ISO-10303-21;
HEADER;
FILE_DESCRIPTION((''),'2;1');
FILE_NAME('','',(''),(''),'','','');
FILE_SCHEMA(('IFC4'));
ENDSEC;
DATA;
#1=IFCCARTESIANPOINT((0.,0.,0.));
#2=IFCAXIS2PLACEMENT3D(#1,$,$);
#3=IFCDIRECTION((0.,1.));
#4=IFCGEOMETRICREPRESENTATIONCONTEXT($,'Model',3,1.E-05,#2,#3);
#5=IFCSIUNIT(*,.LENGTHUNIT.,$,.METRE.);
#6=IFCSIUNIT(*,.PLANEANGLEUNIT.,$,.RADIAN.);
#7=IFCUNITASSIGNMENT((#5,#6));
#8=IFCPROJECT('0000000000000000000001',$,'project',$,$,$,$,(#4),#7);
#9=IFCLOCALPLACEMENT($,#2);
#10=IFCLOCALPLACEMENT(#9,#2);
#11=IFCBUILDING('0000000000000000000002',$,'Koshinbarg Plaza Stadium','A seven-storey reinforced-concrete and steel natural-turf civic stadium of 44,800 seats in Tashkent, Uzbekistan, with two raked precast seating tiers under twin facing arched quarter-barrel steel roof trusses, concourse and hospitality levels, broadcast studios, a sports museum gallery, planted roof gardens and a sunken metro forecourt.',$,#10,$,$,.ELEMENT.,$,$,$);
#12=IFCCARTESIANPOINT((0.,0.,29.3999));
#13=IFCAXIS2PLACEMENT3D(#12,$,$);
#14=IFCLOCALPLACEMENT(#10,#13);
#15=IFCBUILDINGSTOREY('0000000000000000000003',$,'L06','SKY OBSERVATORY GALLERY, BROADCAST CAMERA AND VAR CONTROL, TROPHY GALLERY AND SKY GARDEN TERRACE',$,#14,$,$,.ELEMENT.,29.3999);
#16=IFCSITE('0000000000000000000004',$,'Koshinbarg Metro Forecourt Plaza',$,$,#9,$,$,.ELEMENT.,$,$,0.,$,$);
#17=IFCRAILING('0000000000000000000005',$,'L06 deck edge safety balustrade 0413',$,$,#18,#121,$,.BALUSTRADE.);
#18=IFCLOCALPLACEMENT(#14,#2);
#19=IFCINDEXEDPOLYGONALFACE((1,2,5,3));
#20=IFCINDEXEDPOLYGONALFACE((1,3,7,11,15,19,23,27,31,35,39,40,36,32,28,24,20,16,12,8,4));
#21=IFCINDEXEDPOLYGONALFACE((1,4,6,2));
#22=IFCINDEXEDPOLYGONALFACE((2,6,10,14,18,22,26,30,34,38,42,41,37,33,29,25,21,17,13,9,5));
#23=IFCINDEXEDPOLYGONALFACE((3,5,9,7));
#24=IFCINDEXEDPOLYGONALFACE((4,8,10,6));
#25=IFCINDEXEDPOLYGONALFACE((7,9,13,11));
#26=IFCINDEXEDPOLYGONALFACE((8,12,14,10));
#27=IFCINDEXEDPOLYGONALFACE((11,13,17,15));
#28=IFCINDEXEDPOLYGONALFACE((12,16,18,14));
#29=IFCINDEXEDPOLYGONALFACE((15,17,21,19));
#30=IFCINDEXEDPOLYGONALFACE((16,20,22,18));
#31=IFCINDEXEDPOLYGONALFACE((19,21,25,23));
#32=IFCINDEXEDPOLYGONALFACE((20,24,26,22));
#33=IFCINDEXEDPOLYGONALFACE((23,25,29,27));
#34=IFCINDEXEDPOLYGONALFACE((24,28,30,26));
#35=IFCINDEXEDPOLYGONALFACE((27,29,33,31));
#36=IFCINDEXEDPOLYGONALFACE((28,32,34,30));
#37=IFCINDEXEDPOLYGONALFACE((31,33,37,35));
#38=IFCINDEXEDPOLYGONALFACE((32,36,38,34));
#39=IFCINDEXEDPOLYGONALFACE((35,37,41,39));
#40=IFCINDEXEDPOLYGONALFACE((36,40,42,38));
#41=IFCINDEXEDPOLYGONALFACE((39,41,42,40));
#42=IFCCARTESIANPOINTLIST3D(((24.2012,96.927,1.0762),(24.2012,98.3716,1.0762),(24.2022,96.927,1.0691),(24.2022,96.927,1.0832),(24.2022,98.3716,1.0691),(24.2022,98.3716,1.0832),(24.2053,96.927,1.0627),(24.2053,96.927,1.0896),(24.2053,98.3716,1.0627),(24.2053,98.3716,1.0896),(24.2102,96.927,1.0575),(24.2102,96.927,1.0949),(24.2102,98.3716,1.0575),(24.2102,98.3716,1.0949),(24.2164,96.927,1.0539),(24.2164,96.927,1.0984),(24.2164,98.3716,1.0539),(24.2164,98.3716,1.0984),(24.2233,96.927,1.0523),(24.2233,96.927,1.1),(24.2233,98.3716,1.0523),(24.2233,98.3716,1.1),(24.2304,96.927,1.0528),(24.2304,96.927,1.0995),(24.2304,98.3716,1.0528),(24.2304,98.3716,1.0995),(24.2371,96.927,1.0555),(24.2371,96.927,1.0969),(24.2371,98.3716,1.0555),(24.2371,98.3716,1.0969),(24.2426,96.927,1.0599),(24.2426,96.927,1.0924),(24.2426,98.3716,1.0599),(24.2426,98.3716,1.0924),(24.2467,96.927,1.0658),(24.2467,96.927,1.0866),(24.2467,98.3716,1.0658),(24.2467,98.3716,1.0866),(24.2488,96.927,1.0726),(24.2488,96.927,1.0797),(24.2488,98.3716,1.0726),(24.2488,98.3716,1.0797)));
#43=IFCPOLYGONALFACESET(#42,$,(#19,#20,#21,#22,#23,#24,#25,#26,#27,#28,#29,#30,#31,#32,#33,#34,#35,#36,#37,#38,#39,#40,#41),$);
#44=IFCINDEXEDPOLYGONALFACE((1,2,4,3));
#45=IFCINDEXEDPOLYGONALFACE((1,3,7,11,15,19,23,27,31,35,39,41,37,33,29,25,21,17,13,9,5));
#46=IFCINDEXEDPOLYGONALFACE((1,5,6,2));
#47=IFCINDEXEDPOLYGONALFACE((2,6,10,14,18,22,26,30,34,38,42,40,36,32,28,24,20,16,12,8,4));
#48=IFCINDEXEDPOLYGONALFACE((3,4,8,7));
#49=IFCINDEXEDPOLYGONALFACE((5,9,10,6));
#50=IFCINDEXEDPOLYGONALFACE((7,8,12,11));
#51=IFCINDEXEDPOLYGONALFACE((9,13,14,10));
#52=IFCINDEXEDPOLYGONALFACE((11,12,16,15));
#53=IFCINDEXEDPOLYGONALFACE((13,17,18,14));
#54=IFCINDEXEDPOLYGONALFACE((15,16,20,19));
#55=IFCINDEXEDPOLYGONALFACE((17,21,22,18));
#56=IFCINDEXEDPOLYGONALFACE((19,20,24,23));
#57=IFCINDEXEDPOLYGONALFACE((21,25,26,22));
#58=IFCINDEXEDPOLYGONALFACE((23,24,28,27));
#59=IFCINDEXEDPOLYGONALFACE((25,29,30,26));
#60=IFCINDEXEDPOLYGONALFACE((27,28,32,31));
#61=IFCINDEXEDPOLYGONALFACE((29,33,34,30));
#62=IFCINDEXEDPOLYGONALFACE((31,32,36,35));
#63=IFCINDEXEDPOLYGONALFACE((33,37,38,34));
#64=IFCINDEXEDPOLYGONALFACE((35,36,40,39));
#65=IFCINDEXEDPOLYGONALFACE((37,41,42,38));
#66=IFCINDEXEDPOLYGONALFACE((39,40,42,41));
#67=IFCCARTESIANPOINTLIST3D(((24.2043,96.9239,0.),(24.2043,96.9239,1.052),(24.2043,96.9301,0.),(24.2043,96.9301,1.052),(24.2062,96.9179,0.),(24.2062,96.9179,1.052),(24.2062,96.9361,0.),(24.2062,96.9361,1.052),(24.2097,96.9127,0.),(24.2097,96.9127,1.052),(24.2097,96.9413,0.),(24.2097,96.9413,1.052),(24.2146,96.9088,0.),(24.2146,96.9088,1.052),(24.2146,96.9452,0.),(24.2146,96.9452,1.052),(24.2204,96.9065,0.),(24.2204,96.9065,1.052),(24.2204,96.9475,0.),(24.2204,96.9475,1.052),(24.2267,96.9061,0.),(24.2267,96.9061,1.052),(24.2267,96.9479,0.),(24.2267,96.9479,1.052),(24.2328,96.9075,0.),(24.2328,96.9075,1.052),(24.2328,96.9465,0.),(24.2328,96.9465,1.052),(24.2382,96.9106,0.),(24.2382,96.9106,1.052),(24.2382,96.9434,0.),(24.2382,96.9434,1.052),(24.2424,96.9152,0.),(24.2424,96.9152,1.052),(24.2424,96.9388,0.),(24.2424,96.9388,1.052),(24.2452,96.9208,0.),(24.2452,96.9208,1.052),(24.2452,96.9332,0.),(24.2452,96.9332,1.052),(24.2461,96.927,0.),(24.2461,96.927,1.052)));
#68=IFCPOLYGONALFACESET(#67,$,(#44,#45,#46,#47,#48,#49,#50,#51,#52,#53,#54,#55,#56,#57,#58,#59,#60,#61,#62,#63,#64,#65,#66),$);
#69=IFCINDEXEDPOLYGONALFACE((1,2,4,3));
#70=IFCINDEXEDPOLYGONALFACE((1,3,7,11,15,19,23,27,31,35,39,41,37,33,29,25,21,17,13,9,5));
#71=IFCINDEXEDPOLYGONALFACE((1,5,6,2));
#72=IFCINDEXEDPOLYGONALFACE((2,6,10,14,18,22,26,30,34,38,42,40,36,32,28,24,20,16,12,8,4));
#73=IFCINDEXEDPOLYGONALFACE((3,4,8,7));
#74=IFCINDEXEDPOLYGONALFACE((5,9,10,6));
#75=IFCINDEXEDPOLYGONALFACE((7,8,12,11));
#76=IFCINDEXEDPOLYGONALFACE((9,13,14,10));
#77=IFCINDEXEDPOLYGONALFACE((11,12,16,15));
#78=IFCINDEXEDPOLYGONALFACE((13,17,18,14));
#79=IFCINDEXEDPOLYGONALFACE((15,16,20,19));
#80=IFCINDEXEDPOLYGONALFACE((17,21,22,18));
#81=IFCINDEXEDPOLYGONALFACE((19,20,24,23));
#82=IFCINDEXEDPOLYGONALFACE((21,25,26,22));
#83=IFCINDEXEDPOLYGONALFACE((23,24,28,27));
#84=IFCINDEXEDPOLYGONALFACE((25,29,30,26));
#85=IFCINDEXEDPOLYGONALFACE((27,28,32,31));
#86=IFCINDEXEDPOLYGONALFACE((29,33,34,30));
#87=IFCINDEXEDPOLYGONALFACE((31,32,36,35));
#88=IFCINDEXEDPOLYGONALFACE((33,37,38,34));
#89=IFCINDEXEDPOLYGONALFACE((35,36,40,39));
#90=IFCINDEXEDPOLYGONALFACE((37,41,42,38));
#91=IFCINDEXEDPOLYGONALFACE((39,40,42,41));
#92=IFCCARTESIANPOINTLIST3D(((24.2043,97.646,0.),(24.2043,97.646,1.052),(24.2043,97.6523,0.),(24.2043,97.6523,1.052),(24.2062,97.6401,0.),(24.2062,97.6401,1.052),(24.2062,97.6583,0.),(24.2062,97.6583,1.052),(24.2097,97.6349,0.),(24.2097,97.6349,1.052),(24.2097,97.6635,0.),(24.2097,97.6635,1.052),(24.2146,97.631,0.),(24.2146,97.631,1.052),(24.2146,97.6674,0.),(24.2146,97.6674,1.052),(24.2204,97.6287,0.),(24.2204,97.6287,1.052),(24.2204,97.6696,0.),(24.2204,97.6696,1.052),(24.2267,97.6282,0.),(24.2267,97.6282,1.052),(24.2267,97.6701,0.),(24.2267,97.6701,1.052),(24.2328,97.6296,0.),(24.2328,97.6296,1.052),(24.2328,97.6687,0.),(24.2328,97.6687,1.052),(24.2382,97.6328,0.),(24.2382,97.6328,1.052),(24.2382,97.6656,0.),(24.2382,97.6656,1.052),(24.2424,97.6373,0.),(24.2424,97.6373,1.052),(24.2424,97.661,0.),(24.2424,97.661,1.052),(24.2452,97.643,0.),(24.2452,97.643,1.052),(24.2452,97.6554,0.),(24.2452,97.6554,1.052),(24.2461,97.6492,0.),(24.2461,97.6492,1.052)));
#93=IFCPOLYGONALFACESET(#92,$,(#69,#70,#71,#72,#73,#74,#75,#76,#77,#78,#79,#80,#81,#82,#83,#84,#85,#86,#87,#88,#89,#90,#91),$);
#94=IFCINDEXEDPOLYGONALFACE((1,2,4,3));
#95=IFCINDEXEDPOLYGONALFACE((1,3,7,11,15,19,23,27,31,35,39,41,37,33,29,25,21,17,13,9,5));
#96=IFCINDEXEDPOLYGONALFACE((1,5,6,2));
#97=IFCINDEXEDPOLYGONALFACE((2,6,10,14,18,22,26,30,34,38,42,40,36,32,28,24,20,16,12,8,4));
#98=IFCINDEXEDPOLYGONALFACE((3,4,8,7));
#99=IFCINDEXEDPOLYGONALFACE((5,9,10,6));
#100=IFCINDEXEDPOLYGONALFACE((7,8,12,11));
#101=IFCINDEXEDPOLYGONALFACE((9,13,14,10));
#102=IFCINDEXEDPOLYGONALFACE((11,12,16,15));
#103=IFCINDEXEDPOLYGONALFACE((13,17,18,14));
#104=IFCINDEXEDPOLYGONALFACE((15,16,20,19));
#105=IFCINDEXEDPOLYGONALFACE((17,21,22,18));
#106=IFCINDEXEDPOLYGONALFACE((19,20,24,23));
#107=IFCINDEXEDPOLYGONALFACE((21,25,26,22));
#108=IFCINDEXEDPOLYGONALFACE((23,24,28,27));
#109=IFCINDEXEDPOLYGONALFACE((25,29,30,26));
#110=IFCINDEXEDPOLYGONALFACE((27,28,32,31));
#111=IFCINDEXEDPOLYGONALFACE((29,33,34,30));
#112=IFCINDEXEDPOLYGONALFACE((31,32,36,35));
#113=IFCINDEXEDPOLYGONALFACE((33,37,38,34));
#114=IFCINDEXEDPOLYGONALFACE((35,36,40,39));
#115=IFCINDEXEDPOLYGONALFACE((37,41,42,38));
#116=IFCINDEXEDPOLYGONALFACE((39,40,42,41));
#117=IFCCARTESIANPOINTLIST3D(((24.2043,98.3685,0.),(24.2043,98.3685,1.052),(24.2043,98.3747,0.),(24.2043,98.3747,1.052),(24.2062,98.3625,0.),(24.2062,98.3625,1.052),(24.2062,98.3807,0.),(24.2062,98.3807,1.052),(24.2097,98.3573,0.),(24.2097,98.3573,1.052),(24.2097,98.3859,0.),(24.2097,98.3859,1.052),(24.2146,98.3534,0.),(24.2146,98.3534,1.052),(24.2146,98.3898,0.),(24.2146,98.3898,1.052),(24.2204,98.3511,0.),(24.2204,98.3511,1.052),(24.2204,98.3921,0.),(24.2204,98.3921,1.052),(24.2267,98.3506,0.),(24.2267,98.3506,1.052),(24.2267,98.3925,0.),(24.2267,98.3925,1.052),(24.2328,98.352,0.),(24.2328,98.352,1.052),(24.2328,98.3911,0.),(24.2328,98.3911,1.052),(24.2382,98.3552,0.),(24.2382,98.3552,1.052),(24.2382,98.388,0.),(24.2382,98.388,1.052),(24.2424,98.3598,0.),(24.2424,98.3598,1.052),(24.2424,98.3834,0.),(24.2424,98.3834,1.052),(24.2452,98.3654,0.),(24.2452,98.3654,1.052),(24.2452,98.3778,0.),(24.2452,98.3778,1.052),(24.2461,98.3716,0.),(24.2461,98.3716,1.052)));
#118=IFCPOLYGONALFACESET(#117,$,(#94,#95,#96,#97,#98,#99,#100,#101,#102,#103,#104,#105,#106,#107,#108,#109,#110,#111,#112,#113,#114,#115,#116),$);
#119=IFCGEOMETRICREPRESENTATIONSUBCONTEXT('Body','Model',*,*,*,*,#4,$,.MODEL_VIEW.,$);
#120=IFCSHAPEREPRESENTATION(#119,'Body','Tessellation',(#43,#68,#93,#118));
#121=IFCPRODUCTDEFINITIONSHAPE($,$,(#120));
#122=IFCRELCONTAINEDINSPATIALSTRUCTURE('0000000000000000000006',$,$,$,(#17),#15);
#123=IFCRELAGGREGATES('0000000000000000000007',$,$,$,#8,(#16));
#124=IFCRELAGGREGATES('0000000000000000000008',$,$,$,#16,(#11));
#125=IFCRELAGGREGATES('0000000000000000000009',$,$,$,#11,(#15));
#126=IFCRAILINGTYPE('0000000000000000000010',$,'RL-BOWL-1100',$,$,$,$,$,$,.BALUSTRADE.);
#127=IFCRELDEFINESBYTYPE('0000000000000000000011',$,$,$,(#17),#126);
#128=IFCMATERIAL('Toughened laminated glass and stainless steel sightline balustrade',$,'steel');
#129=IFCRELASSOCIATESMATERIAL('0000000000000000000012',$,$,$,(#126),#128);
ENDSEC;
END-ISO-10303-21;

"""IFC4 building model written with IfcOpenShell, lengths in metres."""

from ifc_helpers import new_model, si_unit, direction, frame, origin, origin_2d, place, context, subcontext, project, spatial, circle, extrude, material, type_object, element, save


model = new_model("IFC4")

# Units and contexts
model_context = context("Model", 3, precision=1e-05, world=origin(), true_north=direction((0.0, 1.0)))
body_context = subcontext(model_context, "Body", "Model", "MODEL_VIEW")
ifc_project = project(units=[si_unit("LENGTHUNIT", "METRE"), si_unit("PLANEANGLEUNIT", "RADIAN")], contexts=[model_context])

# Site, building, storey
site_placement = place(None, origin())
site = spatial("IfcSite", under=ifc_project, at=site_placement, Name="Koshinbarg Metro Forecourt Plaza", CompositionType="ELEMENT", RefElevation=0.0)
building_placement = place(site_placement, origin())
building = spatial("IfcBuilding", under=site, at=building_placement, Name="Koshinbarg Plaza Stadium", Description="A seven-storey reinforced-concrete and steel natural-turf civic stadium of 44,800 seats in Tashkent, Uzbekistan, with two raked precast seating tiers under twin facing arched quarter-barrel steel roof trusses, concourse and hospitality levels, broadcast studios, a sports museum gallery, planted roof gardens and a sunken metro forecourt.", CompositionType="ELEMENT")
storey_placement = place(building_placement, frame((0.0, 0.0, 29.3999)))
storey = spatial("IfcBuildingStorey", under=building, at=storey_placement, Name="L06", Description="SKY OBSERVATORY GALLERY, BROADCAST CAMERA AND VAR CONTROL, TROPHY GALLERY AND SKY GARDEN TERRACE", CompositionType="ELEMENT", Elevation=29.3999)

# Railing
ifc_material_1 = material(Name="Toughened laminated glass and stainless steel sightline balustrade", Category="steel")
railing_type_1 = type_object("IfcRailingType", Name="RL-BOWL-1100", PredefinedType="BALUSTRADE", material=ifc_material_1)
railing_1_placement = place(storey_placement, frame((24.2251, 96.927, 0.0)))
element("IfcRailing", 1, at=railing_1_placement, inside=storey, type_object=railing_type_1, Name="L06 deck edge safety balustrade 0413", PredefinedType="BALUSTRADE", context=body_context, shape_type="SweptSolid", body=[
    extrude(circle(Radius=0.0239, at=origin_2d()), frame((0.0, 0.0, 1.0762), z_axis=(0.0, 1.0, 0.0), x_axis=(-1.0, 0.0, 0.0)), (0.0, 0.0, 1.0), 1.4446),
    extrude(circle(Radius=0.021, at=origin_2d()), origin(), (0.0, 0.0, 1.0), 1.052),
    extrude(circle(Radius=0.021, at=origin_2d()), frame((0.0, 0.7222, 0.0)), (0.0, 0.0, 1.0), 1.052),
    extrude(circle(Radius=0.021, at=origin_2d()), frame((0.0, 1.4446, 0.0)), (0.0, 0.0, 1.0), 1.052),
])

save(model, "model.ifc")
